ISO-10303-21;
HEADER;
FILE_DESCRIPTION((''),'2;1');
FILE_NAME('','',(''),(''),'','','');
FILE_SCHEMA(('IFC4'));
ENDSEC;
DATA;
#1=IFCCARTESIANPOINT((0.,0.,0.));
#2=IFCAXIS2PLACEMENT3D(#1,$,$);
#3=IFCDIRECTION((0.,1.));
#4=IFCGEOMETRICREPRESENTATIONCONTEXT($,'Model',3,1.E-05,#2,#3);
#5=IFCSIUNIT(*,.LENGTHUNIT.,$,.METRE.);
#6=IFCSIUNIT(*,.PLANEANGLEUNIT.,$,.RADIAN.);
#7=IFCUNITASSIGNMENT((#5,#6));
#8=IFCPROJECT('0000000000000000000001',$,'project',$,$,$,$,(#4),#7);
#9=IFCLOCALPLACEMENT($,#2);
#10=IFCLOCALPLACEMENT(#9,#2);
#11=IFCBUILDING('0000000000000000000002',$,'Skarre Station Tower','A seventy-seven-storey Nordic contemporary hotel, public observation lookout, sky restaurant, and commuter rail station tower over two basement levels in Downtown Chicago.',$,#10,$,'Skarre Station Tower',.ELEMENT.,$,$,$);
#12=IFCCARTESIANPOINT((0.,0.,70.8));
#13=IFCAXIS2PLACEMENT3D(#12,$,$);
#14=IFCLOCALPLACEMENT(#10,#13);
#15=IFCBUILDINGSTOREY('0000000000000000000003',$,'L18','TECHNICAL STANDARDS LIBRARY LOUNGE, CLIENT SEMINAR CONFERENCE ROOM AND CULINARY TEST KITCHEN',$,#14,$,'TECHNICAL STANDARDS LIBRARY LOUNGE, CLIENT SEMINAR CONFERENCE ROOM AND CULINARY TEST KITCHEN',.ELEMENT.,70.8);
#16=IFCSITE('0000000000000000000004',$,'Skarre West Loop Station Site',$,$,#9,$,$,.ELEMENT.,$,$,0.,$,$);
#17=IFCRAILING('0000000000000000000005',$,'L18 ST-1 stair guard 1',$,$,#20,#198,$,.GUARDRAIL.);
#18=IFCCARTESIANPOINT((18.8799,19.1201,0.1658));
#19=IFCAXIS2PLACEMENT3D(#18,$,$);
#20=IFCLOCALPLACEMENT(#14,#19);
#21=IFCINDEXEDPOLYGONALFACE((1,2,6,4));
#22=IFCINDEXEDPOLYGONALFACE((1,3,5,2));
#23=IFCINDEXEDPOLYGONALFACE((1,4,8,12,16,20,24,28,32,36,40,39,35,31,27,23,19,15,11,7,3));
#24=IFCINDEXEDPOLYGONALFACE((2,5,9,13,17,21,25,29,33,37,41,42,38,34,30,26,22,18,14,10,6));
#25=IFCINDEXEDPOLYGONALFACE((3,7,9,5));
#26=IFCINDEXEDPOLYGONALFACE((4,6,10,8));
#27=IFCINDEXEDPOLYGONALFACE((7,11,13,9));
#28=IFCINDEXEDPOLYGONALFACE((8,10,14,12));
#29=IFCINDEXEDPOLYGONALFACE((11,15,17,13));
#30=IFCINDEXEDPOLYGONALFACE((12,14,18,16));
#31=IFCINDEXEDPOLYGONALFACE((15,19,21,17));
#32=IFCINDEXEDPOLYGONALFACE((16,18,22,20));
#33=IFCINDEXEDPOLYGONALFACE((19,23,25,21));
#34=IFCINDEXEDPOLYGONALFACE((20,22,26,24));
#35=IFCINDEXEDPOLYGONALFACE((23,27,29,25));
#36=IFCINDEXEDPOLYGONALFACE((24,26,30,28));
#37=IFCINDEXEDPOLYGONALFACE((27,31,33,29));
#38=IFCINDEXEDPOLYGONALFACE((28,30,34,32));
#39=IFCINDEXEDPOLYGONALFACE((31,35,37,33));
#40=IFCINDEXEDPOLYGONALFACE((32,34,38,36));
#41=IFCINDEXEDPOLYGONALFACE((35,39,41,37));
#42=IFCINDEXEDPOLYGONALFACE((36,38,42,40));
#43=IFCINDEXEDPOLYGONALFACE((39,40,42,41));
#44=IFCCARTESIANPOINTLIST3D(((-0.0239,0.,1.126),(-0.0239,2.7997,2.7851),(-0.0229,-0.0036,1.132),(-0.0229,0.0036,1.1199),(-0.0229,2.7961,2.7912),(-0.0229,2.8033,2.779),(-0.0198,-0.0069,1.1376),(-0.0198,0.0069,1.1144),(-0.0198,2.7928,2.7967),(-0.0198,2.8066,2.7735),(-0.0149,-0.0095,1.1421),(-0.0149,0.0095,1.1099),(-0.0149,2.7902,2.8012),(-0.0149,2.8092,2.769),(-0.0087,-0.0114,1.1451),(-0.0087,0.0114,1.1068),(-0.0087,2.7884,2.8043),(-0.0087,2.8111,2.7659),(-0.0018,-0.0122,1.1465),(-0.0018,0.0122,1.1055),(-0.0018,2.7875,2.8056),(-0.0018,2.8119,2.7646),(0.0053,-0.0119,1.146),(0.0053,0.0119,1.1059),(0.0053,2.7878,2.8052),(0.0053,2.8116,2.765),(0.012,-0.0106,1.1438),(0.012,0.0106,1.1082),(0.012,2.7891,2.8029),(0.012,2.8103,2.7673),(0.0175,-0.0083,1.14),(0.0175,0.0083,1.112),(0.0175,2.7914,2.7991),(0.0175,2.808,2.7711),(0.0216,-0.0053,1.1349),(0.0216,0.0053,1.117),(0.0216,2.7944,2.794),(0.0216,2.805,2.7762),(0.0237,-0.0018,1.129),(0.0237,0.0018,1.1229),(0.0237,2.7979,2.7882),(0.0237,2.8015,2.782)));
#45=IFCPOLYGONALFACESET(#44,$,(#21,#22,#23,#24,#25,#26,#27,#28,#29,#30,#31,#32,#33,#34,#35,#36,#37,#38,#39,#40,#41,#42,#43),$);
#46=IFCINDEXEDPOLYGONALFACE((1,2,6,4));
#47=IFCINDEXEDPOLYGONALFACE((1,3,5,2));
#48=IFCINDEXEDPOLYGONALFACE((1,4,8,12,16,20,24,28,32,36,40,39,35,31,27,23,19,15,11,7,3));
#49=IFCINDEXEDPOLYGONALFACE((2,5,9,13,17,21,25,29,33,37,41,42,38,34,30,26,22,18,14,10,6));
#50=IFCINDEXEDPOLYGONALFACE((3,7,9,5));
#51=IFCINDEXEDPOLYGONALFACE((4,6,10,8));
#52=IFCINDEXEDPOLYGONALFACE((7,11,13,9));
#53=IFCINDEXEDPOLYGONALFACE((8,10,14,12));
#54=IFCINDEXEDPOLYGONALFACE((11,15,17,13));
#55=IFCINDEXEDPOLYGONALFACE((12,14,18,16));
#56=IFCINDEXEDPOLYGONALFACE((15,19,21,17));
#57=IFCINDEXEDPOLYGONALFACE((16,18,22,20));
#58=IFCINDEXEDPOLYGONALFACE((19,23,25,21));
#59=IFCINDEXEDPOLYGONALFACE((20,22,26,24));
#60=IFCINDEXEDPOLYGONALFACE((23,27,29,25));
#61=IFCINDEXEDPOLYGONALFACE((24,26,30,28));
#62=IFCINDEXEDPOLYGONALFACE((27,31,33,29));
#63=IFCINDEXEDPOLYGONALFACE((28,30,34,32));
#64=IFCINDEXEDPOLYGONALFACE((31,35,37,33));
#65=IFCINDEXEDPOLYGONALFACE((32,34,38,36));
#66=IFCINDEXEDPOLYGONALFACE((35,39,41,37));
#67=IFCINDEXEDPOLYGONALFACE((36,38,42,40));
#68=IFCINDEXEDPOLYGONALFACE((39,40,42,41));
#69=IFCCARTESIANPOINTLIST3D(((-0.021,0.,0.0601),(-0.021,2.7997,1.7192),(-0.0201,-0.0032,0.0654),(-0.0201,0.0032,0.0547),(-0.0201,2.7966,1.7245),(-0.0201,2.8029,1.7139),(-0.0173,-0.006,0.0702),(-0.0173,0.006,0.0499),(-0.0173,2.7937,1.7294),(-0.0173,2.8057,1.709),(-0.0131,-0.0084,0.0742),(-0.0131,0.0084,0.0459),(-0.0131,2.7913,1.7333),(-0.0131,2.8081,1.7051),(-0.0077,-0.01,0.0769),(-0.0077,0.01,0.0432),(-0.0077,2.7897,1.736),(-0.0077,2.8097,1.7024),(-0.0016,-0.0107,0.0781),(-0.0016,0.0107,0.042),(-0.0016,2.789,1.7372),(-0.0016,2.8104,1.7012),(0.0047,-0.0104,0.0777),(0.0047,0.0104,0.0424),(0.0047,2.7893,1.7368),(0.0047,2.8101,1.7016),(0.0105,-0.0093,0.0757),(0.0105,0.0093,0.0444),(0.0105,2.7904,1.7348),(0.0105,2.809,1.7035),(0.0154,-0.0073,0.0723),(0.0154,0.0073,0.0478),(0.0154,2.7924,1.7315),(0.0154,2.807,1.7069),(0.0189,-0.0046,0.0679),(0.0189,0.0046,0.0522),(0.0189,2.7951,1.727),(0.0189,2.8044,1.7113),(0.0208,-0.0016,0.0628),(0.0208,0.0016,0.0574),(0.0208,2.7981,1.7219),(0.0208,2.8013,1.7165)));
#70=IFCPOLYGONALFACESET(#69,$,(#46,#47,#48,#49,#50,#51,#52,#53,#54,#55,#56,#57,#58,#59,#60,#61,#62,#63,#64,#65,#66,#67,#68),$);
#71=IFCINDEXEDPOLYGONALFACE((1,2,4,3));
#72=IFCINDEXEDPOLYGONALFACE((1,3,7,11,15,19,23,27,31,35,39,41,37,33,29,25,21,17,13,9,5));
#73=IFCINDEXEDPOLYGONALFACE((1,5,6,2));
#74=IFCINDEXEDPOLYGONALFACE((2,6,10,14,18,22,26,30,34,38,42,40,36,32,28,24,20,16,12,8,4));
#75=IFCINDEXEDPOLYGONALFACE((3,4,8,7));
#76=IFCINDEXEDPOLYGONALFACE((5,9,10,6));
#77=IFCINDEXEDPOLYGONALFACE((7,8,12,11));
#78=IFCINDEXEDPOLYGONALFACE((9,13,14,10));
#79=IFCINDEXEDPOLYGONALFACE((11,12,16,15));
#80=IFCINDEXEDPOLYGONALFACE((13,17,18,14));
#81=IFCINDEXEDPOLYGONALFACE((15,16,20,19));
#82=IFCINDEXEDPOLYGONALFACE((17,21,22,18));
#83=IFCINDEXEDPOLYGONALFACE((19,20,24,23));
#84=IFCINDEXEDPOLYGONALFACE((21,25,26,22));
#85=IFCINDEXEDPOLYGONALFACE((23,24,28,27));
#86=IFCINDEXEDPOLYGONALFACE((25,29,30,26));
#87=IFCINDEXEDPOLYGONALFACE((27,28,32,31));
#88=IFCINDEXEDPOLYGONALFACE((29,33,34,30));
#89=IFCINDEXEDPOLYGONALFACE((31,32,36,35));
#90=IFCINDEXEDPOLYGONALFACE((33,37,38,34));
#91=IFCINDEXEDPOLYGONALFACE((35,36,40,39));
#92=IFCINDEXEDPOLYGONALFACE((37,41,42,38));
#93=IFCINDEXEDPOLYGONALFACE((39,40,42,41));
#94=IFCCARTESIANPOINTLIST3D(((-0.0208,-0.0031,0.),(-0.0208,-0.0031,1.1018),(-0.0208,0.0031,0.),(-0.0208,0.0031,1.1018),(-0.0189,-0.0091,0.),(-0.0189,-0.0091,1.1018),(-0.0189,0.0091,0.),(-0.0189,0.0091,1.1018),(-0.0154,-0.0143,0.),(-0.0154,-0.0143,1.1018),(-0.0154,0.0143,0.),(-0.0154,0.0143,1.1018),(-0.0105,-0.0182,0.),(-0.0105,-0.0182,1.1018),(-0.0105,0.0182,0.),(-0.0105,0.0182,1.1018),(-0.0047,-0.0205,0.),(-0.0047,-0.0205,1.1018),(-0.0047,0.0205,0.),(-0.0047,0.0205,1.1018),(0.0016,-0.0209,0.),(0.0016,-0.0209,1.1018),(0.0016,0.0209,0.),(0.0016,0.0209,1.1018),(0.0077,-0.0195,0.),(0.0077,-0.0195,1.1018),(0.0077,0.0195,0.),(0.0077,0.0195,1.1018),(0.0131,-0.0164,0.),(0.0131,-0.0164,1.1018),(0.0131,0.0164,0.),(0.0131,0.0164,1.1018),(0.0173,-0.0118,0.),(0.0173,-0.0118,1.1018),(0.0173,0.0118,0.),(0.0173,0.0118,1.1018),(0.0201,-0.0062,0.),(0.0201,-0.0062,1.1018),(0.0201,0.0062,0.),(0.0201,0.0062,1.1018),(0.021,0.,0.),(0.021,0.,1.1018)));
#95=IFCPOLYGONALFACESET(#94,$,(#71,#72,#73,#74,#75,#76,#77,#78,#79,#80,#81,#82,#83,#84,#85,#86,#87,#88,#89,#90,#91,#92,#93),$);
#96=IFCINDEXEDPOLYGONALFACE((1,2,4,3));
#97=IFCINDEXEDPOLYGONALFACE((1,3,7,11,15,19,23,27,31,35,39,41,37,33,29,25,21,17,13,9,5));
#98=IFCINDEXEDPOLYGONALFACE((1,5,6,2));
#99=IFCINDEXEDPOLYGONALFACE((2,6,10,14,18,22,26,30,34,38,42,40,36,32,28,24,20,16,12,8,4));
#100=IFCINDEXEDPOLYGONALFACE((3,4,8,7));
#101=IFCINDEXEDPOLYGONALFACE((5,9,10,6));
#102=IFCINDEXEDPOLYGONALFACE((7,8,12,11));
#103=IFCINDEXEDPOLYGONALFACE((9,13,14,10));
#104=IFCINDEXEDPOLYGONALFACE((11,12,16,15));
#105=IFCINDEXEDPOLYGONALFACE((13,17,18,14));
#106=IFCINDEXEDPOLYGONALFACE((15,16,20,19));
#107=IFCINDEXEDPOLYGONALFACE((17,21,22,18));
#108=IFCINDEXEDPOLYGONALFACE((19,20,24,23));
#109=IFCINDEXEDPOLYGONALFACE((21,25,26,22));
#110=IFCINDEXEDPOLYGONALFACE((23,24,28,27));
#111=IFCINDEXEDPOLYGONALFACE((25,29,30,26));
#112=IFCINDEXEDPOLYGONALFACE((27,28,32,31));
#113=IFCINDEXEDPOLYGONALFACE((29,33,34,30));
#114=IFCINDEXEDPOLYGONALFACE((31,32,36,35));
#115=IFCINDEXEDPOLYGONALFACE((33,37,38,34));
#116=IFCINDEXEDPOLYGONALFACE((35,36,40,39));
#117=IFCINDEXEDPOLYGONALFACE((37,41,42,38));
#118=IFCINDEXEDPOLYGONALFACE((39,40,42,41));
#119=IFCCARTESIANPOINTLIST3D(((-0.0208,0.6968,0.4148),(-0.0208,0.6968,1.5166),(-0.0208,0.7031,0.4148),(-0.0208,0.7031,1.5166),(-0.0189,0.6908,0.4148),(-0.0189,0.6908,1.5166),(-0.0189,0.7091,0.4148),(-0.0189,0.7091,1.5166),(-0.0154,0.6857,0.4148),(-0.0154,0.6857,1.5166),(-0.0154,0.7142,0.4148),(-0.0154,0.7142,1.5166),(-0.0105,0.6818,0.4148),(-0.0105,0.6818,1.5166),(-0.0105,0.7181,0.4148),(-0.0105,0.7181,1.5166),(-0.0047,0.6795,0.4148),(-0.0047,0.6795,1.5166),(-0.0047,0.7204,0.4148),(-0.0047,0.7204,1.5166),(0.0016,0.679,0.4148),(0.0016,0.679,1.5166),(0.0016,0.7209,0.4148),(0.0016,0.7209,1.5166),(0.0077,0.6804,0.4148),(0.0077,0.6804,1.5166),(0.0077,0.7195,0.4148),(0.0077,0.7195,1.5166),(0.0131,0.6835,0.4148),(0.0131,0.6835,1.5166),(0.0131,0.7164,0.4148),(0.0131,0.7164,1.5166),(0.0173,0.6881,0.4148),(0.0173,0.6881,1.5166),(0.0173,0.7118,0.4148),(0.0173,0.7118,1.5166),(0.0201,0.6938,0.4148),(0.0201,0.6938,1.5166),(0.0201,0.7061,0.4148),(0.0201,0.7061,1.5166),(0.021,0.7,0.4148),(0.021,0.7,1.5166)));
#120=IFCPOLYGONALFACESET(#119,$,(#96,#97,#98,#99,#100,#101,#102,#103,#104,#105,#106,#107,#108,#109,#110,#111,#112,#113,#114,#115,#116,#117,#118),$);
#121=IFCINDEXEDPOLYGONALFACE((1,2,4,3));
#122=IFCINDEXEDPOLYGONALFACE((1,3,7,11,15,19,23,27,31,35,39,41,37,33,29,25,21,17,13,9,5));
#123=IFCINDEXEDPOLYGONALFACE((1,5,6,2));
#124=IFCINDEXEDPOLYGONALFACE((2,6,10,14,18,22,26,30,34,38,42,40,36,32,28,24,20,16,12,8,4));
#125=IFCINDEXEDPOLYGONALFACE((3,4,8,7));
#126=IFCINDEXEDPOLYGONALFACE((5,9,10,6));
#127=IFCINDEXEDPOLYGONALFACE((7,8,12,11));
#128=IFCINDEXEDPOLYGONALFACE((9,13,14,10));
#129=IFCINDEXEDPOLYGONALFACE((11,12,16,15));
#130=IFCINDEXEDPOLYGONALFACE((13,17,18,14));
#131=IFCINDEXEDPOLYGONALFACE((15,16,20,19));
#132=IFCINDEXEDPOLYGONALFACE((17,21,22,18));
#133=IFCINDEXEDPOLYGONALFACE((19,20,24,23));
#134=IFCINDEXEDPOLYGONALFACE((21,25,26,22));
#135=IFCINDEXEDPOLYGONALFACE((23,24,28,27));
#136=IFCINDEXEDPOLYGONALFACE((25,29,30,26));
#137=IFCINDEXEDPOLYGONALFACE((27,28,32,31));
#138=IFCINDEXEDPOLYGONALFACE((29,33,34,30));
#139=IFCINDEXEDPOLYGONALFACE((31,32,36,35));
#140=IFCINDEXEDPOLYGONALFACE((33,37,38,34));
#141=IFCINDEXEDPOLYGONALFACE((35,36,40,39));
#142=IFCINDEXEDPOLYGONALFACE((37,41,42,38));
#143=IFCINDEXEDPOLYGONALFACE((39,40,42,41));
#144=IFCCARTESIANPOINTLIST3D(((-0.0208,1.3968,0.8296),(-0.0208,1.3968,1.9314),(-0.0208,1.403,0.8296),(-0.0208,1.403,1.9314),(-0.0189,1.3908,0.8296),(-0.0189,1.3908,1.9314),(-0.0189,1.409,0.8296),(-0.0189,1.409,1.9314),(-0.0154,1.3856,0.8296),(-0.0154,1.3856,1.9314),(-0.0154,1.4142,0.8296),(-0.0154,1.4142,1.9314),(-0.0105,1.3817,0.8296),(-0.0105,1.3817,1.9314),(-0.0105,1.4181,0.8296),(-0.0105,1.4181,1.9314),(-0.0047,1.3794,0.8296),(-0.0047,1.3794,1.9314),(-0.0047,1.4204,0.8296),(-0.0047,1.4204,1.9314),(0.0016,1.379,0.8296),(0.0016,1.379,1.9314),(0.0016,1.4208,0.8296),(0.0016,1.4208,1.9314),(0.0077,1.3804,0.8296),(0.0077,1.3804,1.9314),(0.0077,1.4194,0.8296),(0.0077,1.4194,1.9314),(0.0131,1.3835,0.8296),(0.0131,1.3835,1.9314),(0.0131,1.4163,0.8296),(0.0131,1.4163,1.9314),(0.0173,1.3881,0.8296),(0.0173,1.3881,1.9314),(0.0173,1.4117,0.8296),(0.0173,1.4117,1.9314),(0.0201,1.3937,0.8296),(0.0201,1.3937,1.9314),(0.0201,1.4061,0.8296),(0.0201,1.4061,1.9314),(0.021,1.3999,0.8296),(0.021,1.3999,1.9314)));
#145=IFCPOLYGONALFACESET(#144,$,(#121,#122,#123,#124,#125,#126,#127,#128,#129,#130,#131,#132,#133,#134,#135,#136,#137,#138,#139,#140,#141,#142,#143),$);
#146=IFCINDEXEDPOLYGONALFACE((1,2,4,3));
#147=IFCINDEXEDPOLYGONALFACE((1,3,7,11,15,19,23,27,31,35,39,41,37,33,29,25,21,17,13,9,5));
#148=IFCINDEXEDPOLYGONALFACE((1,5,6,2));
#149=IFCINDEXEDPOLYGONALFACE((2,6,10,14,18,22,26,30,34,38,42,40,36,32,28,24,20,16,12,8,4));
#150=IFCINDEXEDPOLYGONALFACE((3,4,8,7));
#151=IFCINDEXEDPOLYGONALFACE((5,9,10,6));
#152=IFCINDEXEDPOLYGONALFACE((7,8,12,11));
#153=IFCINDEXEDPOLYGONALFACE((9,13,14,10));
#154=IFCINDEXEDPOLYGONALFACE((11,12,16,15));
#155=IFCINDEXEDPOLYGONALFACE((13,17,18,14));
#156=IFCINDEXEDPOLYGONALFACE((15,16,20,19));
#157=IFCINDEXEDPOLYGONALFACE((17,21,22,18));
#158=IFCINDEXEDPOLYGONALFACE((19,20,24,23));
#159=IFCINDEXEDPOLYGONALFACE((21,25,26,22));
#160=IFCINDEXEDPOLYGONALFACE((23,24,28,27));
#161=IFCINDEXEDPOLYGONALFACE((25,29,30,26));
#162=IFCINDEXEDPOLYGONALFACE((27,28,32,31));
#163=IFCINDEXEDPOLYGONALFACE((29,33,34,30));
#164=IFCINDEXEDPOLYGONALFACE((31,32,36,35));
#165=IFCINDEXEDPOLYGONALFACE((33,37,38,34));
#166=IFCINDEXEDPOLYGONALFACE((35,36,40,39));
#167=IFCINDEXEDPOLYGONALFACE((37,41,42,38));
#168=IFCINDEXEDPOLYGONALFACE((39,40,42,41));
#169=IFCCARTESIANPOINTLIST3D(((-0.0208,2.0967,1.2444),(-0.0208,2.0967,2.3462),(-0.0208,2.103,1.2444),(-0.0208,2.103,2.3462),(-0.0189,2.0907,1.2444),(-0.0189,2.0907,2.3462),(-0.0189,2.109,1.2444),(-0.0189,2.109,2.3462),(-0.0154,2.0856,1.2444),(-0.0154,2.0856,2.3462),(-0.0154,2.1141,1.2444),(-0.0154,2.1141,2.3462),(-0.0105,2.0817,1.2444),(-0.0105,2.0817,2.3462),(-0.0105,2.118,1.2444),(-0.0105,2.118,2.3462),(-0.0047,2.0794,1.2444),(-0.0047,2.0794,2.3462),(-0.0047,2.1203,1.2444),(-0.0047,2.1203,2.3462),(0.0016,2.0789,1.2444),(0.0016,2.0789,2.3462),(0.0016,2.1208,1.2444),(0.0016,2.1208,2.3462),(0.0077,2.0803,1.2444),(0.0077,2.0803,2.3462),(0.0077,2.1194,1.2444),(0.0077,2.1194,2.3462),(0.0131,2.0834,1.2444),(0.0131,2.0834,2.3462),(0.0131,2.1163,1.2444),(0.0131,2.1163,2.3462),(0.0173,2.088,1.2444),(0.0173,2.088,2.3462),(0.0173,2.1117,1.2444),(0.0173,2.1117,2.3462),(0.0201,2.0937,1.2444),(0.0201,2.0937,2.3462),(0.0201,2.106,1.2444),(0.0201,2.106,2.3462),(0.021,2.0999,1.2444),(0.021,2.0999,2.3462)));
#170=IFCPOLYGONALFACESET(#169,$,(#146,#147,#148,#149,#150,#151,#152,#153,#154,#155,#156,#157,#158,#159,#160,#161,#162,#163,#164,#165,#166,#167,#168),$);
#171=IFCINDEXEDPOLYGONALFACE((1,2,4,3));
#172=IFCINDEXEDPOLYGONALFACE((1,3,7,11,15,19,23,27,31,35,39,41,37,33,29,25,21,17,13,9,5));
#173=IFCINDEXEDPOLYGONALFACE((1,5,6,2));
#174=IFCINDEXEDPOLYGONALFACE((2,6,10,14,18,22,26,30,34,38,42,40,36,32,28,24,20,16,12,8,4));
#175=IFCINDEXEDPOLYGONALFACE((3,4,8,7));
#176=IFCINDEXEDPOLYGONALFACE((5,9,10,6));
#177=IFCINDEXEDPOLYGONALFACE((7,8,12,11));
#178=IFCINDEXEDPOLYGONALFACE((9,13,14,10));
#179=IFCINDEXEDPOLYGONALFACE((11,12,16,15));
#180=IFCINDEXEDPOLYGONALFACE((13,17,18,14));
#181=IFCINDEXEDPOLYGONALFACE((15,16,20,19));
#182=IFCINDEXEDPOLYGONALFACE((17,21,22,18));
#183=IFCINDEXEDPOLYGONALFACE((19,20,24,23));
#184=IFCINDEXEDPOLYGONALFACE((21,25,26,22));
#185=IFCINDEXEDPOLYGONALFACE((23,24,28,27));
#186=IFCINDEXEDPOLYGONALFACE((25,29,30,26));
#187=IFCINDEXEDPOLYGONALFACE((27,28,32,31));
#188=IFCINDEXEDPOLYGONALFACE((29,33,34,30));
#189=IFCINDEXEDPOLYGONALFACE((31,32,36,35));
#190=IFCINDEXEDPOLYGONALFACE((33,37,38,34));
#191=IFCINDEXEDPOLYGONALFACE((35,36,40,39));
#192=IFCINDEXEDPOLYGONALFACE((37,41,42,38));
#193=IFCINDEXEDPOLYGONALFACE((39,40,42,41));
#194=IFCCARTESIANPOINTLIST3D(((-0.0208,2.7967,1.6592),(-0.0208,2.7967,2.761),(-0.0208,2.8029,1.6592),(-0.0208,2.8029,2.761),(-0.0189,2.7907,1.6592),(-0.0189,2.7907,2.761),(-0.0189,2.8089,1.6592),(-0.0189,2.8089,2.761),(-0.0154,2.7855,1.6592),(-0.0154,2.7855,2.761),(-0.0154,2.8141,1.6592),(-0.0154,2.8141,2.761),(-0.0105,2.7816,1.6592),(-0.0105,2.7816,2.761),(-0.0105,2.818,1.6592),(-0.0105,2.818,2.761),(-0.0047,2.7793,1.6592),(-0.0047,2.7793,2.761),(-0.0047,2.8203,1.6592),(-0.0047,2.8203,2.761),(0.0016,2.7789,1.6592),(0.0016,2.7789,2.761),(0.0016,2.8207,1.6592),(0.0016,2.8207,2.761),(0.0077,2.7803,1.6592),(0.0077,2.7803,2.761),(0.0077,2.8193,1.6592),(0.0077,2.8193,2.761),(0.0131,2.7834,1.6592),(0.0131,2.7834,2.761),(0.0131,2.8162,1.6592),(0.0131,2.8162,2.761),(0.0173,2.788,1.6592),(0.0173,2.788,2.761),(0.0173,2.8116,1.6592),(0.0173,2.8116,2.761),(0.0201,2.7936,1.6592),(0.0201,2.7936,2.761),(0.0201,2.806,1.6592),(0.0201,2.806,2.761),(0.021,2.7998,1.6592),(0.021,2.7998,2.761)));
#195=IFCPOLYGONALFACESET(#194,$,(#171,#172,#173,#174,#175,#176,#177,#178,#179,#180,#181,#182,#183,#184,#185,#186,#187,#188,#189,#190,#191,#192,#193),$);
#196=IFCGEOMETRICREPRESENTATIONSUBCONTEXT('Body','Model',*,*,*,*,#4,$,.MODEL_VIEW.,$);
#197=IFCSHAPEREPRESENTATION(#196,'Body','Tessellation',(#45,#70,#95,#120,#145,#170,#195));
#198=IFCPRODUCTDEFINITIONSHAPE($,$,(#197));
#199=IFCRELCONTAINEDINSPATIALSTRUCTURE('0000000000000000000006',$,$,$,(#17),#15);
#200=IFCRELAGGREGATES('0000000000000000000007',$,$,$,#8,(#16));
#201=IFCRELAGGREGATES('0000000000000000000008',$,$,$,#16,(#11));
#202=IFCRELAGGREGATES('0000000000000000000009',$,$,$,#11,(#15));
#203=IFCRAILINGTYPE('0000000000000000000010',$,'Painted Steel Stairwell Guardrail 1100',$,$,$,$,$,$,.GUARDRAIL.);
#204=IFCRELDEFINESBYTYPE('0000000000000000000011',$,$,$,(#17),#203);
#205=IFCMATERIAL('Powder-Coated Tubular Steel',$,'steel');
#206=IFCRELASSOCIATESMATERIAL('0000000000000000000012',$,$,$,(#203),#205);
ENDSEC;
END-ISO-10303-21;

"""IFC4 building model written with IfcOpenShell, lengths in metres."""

from ifc_helpers import new_model, si_unit, direction, frame, origin, origin_2d, place, context, subcontext, project, spatial, circle, extrude, material, type_object, element, save


model = new_model("IFC4")

# Units and contexts
model_context = context("Model", 3, precision=1e-05, world=origin(), true_north=direction((0.0, 1.0)))
body_context = subcontext(model_context, "Body", "Model", "MODEL_VIEW")
ifc_project = project(units=[si_unit("LENGTHUNIT", "METRE"), si_unit("PLANEANGLEUNIT", "RADIAN")], contexts=[model_context])

# Site, building, storey
site_placement = place(None, origin())
site = spatial("IfcSite", under=ifc_project, at=site_placement, Name="Skarre West Loop Station Site", CompositionType="ELEMENT", RefElevation=0.0)
building_placement = place(site_placement, origin())
building = spatial("IfcBuilding", under=site, at=building_placement, Name="Skarre Station Tower", Description="A seventy-seven-storey Nordic contemporary hotel, public observation lookout, sky restaurant, and commuter rail station tower over two basement levels in Downtown Chicago.", LongName="Skarre Station Tower", CompositionType="ELEMENT")
storey_placement = place(building_placement, frame((0.0, 0.0, 70.8)))
storey = spatial("IfcBuildingStorey", under=building, at=storey_placement, Name="L18", Description="TECHNICAL STANDARDS LIBRARY LOUNGE, CLIENT SEMINAR CONFERENCE ROOM AND CULINARY TEST KITCHEN", LongName="TECHNICAL STANDARDS LIBRARY LOUNGE, CLIENT SEMINAR CONFERENCE ROOM AND CULINARY TEST KITCHEN", CompositionType="ELEMENT", Elevation=70.8)

# Railing
ifc_material_1 = material(Name="Powder-Coated Tubular Steel", Category="steel")
railing_type = type_object("IfcRailingType", Name="Painted Steel Stairwell Guardrail 1100", PredefinedType="GUARDRAIL", material=ifc_material_1)
railing_1_placement = place(storey_placement, frame((18.8799, 19.1201, 0.1658)))
element("IfcRailing", 1, at=railing_1_placement, inside=storey, type_object=railing_type, Name="L18 ST-1 stair guard 1", PredefinedType="GUARDRAIL", context=body_context, shape_type="SweptSolid", body=[
    extrude(circle(Radius=0.0239, at=origin_2d()), frame((0.0, 0.0, 1.126), z_axis=(0.0, 0.860287, 0.509811), x_axis=(-1.0, 0.0, 0.0)), (0.0, 0.0, 1.0), 3.2544),
    extrude(circle(Radius=0.021, at=origin_2d()), frame((0.0, 0.0, 0.0601), z_axis=(0.0, 0.860287, 0.509811), x_axis=(-1.0, 0.0, 0.0)), (0.0, 0.0, 1.0), 3.2544),
    extrude(circle(Radius=0.021, at=origin_2d()), origin(), (0.0, 0.0, 1.0), 1.1018),
    extrude(circle(Radius=0.021, at=origin_2d()), frame((0.0, 0.7, 0.4148)), (0.0, 0.0, 1.0), 1.1018),
    extrude(circle(Radius=0.021, at=origin_2d()), frame((0.0, 1.3999, 0.8296)), (0.0, 0.0, 1.0), 1.1018),
    extrude(circle(Radius=0.021, at=origin_2d()), frame((0.0, 2.0999, 1.2444)), (0.0, 0.0, 1.0), 1.1018),
    extrude(circle(Radius=0.021, at=origin_2d()), frame((0.0, 2.7998, 1.6592)), (0.0, 0.0, 1.0), 1.1018),
])

save(model, "model.ifc")
